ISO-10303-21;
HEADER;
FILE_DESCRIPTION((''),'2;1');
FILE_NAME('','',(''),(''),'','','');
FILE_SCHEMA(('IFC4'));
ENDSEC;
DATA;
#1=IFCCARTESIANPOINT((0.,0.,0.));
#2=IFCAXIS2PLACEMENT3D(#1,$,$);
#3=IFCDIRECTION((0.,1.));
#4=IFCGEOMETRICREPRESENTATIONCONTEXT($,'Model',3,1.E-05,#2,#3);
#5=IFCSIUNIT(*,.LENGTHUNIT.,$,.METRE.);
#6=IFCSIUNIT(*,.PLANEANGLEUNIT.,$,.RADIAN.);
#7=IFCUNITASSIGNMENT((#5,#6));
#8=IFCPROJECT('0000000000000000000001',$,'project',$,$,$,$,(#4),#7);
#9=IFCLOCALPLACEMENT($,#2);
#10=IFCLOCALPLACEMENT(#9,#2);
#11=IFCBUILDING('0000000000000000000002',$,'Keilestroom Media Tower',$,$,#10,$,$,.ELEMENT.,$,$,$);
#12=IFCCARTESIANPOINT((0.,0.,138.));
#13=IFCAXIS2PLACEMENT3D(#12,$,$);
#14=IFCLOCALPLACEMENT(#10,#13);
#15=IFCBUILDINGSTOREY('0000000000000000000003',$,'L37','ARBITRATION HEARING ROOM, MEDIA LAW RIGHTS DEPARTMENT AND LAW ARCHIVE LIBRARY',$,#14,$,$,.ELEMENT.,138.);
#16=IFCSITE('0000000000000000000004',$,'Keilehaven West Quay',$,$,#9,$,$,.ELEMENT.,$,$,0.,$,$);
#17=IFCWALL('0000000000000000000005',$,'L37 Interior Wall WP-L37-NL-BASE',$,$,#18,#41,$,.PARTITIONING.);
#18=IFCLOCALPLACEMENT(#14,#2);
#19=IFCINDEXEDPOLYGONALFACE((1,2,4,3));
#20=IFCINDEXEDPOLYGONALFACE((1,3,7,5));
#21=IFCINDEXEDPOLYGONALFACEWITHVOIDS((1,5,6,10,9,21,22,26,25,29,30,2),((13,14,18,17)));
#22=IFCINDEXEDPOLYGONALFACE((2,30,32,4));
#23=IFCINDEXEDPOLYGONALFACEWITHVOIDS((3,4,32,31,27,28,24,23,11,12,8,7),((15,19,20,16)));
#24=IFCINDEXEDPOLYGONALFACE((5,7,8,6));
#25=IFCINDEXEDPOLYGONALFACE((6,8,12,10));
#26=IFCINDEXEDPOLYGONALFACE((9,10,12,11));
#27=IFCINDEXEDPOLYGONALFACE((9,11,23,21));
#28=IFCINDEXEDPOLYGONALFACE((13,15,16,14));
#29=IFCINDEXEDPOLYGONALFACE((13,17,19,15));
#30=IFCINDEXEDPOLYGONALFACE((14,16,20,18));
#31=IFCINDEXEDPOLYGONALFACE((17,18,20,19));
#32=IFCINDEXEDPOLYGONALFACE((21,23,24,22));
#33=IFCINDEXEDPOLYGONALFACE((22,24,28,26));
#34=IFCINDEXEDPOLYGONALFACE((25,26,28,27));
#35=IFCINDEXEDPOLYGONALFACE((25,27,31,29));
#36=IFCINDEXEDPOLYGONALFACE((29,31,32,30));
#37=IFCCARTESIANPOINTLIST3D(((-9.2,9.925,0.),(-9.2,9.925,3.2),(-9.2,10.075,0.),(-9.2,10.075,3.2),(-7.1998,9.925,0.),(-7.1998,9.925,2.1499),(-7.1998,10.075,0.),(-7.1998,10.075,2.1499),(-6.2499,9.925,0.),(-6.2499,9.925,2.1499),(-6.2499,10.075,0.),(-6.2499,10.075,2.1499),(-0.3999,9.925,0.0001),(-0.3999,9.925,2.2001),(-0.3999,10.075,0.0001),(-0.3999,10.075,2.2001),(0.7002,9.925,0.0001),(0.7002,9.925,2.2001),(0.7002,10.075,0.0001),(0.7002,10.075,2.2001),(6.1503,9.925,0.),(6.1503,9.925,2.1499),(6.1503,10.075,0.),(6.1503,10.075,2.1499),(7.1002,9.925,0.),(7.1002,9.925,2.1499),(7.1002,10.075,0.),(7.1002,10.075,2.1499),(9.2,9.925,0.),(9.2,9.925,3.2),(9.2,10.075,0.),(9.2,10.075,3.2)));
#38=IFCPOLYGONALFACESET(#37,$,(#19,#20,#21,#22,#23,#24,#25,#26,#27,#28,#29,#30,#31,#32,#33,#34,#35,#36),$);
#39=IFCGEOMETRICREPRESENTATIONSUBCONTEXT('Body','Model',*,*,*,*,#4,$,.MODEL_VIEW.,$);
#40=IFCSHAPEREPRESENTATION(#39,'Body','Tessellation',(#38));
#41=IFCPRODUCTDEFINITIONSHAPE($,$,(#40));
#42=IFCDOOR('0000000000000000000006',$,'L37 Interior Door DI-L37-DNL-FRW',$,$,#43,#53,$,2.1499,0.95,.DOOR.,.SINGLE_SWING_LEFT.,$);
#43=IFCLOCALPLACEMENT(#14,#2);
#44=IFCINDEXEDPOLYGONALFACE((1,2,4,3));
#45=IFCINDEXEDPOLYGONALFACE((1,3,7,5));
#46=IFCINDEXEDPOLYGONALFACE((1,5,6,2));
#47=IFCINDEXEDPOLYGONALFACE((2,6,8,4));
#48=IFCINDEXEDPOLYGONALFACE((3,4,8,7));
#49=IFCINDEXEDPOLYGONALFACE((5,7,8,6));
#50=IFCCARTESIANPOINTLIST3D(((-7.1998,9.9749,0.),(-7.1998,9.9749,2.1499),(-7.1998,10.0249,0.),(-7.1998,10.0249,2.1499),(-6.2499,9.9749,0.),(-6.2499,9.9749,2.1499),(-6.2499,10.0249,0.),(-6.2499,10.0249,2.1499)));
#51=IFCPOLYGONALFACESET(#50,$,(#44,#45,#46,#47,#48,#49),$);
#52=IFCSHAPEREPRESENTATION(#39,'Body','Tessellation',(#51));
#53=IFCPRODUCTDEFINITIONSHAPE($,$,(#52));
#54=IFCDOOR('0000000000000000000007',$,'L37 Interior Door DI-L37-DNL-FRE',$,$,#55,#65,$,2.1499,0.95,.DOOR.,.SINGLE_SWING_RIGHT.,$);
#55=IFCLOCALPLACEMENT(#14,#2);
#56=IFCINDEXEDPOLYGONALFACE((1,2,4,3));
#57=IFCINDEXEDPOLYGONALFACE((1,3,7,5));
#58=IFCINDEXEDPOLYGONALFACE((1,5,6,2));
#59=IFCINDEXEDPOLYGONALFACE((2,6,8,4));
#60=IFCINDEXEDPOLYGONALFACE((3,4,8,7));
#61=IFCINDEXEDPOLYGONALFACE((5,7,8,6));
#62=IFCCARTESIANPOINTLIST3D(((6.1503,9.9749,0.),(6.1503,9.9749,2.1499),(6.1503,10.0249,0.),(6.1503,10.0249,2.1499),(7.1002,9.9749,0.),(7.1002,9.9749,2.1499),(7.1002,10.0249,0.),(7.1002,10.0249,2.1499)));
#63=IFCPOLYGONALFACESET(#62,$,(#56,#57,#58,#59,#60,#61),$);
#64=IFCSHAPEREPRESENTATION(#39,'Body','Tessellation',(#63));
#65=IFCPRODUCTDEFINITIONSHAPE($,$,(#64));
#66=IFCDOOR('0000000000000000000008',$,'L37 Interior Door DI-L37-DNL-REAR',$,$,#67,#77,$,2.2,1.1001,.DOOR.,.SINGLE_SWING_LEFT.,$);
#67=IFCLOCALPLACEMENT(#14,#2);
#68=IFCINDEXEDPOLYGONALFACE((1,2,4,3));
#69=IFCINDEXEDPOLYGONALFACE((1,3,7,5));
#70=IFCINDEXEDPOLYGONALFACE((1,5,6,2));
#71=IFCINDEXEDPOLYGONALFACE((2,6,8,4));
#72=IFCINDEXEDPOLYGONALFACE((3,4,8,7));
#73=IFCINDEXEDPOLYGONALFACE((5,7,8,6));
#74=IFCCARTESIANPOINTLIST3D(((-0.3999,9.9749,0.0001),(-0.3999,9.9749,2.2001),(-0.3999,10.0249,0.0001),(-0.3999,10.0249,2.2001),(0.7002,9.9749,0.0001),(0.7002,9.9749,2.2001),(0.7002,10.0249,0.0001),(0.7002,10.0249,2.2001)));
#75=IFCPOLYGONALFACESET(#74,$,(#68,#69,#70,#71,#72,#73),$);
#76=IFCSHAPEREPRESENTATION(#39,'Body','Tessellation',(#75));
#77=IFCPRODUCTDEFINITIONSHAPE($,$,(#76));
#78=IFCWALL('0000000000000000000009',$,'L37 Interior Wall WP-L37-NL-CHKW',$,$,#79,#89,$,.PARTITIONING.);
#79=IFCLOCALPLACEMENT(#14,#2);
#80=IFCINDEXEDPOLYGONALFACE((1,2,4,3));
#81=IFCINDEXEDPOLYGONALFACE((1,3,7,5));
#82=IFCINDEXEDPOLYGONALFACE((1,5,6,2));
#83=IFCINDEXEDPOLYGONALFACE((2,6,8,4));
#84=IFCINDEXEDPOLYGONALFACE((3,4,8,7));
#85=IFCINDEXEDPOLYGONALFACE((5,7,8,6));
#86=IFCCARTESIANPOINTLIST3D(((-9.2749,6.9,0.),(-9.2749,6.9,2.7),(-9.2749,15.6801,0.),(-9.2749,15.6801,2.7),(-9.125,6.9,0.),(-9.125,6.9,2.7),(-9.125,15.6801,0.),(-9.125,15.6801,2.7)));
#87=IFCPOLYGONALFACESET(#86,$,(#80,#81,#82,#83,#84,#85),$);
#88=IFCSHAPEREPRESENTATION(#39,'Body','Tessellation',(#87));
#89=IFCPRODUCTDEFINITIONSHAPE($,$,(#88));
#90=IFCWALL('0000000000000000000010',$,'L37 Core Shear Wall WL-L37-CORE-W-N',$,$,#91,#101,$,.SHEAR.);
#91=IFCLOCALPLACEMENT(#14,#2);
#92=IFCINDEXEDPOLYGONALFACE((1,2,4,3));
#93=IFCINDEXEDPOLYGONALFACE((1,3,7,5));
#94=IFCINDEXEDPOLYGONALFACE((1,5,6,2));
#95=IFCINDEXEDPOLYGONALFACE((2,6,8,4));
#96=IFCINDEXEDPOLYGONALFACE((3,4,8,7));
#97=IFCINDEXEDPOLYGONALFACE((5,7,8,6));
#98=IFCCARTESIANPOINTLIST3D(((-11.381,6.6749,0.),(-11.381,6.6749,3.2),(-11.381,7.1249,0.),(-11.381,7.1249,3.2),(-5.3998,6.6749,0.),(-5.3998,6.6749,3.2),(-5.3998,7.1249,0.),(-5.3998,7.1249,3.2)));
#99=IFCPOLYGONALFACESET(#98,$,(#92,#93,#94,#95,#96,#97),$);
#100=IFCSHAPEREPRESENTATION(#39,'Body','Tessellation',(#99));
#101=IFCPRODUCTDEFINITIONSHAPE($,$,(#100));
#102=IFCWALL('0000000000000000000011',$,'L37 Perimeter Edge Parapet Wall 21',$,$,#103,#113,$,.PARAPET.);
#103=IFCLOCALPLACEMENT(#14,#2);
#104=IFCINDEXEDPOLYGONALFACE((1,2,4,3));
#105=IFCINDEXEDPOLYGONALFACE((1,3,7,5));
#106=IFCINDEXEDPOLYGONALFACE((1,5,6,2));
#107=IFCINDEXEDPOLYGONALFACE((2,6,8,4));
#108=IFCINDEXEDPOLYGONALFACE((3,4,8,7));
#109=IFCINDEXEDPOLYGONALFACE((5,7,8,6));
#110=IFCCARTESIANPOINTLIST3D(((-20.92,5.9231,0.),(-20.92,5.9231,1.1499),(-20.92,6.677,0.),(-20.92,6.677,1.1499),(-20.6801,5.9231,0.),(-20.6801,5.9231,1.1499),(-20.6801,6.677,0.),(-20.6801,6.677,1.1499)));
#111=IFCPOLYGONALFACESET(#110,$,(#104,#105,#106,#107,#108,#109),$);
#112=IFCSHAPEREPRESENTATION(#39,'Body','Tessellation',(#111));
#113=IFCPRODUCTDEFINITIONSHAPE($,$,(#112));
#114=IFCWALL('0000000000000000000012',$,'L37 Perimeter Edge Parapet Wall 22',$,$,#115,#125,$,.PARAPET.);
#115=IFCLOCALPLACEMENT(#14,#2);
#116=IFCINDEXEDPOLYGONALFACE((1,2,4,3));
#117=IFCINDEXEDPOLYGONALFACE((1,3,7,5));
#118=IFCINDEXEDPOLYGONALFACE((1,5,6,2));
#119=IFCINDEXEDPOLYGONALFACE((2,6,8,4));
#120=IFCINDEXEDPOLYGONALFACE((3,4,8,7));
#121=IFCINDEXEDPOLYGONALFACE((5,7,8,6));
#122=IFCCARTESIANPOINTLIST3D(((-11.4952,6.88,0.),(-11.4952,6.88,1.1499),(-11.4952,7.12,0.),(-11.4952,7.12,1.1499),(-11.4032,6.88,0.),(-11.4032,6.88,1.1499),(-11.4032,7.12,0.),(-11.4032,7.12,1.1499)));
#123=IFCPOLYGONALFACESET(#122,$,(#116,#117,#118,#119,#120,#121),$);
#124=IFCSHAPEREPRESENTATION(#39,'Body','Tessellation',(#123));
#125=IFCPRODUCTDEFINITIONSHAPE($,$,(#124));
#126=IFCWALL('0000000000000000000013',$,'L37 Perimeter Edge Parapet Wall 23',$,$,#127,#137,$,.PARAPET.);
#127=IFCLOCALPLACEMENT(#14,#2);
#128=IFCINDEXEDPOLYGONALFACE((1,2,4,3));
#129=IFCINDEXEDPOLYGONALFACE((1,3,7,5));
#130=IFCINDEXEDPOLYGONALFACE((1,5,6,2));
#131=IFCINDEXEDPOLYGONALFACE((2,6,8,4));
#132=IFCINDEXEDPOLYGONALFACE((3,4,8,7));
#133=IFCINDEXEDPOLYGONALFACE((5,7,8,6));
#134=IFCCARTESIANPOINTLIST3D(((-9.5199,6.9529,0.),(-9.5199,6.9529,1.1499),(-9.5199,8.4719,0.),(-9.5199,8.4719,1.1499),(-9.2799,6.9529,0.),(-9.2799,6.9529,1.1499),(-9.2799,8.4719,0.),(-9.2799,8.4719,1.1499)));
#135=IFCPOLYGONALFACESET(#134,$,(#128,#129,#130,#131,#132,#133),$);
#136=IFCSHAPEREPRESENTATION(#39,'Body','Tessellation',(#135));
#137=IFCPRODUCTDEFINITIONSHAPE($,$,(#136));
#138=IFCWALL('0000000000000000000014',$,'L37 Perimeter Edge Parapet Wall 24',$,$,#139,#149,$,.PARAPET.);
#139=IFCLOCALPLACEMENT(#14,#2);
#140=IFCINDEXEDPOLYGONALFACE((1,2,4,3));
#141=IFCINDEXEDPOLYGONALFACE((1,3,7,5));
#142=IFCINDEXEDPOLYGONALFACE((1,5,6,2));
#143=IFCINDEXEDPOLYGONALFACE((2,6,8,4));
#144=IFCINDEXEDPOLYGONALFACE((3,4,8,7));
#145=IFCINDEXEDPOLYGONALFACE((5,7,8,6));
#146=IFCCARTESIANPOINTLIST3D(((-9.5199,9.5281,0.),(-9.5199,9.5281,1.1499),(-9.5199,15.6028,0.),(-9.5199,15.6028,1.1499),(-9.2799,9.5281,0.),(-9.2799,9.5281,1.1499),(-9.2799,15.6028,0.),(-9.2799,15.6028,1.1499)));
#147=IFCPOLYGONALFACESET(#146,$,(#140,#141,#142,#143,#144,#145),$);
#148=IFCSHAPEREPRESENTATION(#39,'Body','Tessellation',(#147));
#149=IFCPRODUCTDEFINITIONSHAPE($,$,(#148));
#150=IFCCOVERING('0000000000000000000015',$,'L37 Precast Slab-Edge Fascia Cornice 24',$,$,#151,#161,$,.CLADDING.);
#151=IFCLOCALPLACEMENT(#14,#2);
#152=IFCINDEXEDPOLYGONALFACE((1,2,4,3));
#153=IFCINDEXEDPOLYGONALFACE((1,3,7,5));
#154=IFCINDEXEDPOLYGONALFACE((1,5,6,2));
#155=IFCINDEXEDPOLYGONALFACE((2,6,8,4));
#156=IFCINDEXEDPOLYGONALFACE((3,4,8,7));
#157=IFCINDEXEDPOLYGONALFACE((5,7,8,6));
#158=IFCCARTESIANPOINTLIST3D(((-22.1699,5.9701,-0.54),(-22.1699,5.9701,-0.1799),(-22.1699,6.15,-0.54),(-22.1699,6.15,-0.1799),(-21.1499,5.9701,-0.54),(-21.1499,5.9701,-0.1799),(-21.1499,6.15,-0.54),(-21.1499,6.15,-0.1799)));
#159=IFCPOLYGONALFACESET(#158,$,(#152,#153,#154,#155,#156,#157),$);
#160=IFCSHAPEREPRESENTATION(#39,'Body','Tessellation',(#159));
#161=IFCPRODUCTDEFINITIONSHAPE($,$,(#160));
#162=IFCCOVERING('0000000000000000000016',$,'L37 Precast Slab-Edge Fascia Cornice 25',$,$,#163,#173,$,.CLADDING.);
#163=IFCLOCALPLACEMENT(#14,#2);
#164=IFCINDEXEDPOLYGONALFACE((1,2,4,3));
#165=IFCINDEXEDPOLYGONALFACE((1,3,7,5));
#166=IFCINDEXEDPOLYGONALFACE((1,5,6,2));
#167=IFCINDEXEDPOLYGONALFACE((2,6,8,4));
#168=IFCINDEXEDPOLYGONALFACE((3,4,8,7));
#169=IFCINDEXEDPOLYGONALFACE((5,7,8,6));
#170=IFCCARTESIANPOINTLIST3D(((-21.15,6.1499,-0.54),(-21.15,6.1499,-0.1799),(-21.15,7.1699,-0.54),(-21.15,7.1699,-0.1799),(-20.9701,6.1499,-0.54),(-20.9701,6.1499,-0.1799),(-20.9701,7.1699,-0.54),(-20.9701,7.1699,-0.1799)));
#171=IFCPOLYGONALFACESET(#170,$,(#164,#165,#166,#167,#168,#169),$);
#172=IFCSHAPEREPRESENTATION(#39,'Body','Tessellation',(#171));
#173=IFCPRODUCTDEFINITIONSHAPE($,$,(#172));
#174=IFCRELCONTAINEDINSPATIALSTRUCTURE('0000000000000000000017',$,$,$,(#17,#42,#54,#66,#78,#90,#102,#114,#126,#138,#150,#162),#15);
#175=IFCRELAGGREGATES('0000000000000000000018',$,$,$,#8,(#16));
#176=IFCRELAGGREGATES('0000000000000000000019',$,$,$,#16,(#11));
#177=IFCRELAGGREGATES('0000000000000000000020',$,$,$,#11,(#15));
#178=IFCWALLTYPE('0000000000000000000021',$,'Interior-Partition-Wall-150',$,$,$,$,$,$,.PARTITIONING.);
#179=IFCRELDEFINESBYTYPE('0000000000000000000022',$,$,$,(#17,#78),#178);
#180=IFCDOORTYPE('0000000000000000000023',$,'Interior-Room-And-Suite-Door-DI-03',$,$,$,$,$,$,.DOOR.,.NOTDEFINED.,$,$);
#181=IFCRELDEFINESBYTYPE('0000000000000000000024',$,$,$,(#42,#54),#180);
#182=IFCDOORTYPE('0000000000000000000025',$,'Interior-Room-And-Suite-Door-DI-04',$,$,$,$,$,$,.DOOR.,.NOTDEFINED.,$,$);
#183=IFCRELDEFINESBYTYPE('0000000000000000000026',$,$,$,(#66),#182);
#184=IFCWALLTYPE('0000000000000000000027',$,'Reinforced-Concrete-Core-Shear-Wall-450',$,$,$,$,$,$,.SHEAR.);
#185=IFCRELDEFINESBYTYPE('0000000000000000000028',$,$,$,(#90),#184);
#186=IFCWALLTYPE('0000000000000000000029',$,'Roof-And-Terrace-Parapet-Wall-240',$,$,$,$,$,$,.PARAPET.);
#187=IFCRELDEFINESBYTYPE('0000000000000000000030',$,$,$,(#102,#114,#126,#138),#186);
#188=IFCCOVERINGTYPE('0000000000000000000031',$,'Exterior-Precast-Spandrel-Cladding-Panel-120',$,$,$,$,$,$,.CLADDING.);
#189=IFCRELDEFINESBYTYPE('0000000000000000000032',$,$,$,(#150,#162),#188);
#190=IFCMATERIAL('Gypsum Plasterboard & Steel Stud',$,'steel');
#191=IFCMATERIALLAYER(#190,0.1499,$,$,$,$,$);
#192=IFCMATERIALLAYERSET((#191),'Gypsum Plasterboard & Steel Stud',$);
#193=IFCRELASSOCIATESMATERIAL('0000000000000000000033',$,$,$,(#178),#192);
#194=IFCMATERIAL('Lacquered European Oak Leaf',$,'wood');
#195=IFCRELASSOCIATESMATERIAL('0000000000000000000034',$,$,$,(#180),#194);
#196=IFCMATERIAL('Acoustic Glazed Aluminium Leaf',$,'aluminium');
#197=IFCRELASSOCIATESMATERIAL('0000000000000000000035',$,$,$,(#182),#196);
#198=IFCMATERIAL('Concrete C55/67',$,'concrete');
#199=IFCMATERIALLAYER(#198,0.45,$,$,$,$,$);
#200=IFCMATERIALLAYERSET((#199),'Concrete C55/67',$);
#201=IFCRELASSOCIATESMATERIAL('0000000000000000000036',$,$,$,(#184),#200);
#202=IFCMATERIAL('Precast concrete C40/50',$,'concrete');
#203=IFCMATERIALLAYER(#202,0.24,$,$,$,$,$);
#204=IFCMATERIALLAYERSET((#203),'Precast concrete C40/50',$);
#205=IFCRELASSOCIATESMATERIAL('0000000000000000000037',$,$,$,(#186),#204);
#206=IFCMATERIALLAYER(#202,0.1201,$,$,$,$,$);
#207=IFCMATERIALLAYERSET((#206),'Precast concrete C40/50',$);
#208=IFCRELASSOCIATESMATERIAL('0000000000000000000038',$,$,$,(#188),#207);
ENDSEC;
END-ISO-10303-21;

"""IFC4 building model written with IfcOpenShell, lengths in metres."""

from ifc_helpers import new_model, si_unit, direction, frame, frame_2d, origin, origin_2d, place, context, subcontext, project, spatial, rectangle, extrude, source, transform, mapped, material, layer, layer_set, type_object, element, fill, save


model = new_model("IFC4")

# Units and contexts
model_context = context("Model", 3, precision=1e-05, world=origin(), true_north=direction((0.0, 1.0)))
body_context = subcontext(model_context, "Body", "Model", "MODEL_VIEW")
ifc_project = project(units=[si_unit("LENGTHUNIT", "METRE"), si_unit("PLANEANGLEUNIT", "RADIAN")], contexts=[model_context])

# Site, building, storey
site_placement = place(None, origin())
site = spatial("IfcSite", under=ifc_project, at=site_placement, Name="Keilehaven West Quay", CompositionType="ELEMENT", RefElevation=0.0)
building_placement = place(site_placement, origin())
building = spatial("IfcBuilding", under=site, at=building_placement, Name="Keilestroom Media Tower", CompositionType="ELEMENT")
storey_placement = place(building_placement, frame((0.0, 0.0, 138.0)))
storey = spatial("IfcBuildingStorey", under=building, at=storey_placement, Name="L37", Description="ARBITRATION HEARING ROOM, MEDIA LAW RIGHTS DEPARTMENT AND LAW ARCHIVE LIBRARY", CompositionType="ELEMENT", Elevation=138.0)

# Shared definitions
ifc_material_1 = material(Name="Precast concrete C40/50", Category="concrete")
ifc_material_2 = material(Name="Concrete C55/67", Category="concrete")

# Shared definitions
ifc_material_3 = material(Name="Gypsum Plasterboard & Steel Stud", Category="steel")

# Wall, openings, doors
ifc_layer_1 = layer(ifc_material_3, 0.1499)
ifc_layer_set_1 = layer_set([ifc_layer_1], Name="Gypsum Plasterboard & Steel Stud")
wall_type_1 = type_object("IfcWallType", Name="Interior-Partition-Wall-150", PredefinedType="PARTITIONING", material=ifc_layer_set_1)
wall_1_placement = place(storey_placement, frame((-9.2, 10.0, 0.0), z_axis=(0.0, 0.0, 1.0), x_axis=(1.0, 0.0, 0.0)))
wall_1 = element("IfcWall", 1, at=wall_1_placement, inside=storey, type_object=wall_type_1, Name="L37 Interior Wall WP-L37-NL-BASE", PredefinedType="PARTITIONING", context=body_context, shape_type="SweptSolid", body=[
    extrude(rectangle(XDim=18.3999, YDim=0.1499, at=frame_2d((9.2, 0.0))), origin(), (0.0, 0.0, 1.0), 3.2),
])
opening_1_placement = place(wall_1_placement, frame((2.0, 0.0, 0.0)))
opening_1 = element("IfcOpeningElement", 2, at=opening_1_placement, cuts=wall_1, PredefinedType="OPENING", context=body_context, shape_type="SweptSolid", body=[
    extrude(rectangle(XDim=0.95, YDim=2.1499, at=frame_2d((0.4751, 1.075))), frame((0.0, 0.085, 0.0), z_axis=(0.0, -1.0, 0.0), x_axis=(1.0, 0.0, 0.0)), (0.0, 0.0, 1.0), 0.1699),
])
opening_2_placement = place(wall_1_placement, frame((15.3501, 0.0, 0.0)))
opening_2 = element("IfcOpeningElement", 3, at=opening_2_placement, cuts=wall_1, PredefinedType="OPENING", context=body_context, shape_type="SweptSolid", body=[
    extrude(rectangle(XDim=0.95, YDim=2.1499, at=frame_2d((0.4751, 1.075))), frame((0.0, 0.085, 0.0), z_axis=(0.0, -1.0, 0.0), x_axis=(1.0, 0.0, 0.0)), (0.0, 0.0, 1.0), 0.1699),
])
opening_3_placement = place(wall_1_placement, frame((8.8, 0.0, 0.0)))
opening_3 = element("IfcOpeningElement", 4, at=opening_3_placement, cuts=wall_1, PredefinedType="OPENING", context=body_context, shape_type="SweptSolid", body=[
    extrude(rectangle(XDim=1.1001, YDim=2.2, at=frame_2d((0.55, 1.1001))), frame((0.0, 0.085, 0.0), z_axis=(0.0, -1.0, 0.0), x_axis=(1.0, 0.0, 0.0)), (0.0, 0.0, 1.0), 0.1699),
])
ifc_material_4 = material(Name="Lacquered European Oak Leaf", Category="wood")
door_type_1 = type_object("IfcDoorType", Name="Interior-Room-And-Suite-Door-DI-03", OperationType="NOTDEFINED", PredefinedType="DOOR", material=ifc_material_4)
shared_shape_1 = source(origin(), body_context, "Body", "SweptSolid", [
    extrude(rectangle(XDim=0.95, YDim=2.1499, at=frame_2d((0.4751, 1.075))), frame((0.0, 0.0249, 0.0), z_axis=(0.0, -1.0, 0.0), x_axis=(1.0, 0.0, 0.0)), (0.0, 0.0, 1.0), 0.05),
])
door_1_placement = place(opening_1_placement, origin())
door_1 = element("IfcDoor", 5, at=door_1_placement, inside=storey, type_object=door_type_1, Name="L37 Interior Door DI-L37-DNL-FRW", OperationType="SINGLE_SWING_LEFT", OverallHeight=2.1499, OverallWidth=0.95, PredefinedType="DOOR", context=body_context, shape_type="MappedRepresentation", body=[
    mapped(shared_shape_1, transform((0.0, 0.0, 0.0), x_axis=(1.0, 0.0, 0.0), y_axis=(0.0, 1.0, 0.0), z_axis=(0.0, 0.0, 1.0), scale=1.0)),
])
fill(opening_1, door_1)
door_2_placement = place(opening_2_placement, origin())
door_2 = element("IfcDoor", 6, at=door_2_placement, inside=storey, type_object=door_type_1, Name="L37 Interior Door DI-L37-DNL-FRE", OperationType="SINGLE_SWING_RIGHT", OverallHeight=2.1499, OverallWidth=0.95, PredefinedType="DOOR", context=body_context, shape_type="MappedRepresentation", body=[
    mapped(shared_shape_1, transform((0.0, 0.0, 0.0), x_axis=(1.0, 0.0, 0.0), y_axis=(0.0, 1.0, 0.0), z_axis=(0.0, 0.0, 1.0), scale=1.0)),
])
fill(opening_2, door_2)
ifc_material_5 = material(Name="Acoustic Glazed Aluminium Leaf", Category="aluminium")
door_type_2 = type_object("IfcDoorType", Name="Interior-Room-And-Suite-Door-DI-04", OperationType="NOTDEFINED", PredefinedType="DOOR", material=ifc_material_5)
shared_shape_2 = source(origin(), body_context, "Body", "SweptSolid", [
    extrude(rectangle(XDim=1.1001, YDim=2.2, at=frame_2d((0.55, 1.1001))), frame((0.0, 0.0249, 0.0), z_axis=(0.0, -1.0, 0.0), x_axis=(1.0, 0.0, 0.0)), (0.0, 0.0, 1.0), 0.05),
])
door_3_placement = place(opening_3_placement, origin())
door_3 = element("IfcDoor", 7, at=door_3_placement, inside=storey, type_object=door_type_2, Name="L37 Interior Door DI-L37-DNL-REAR", OperationType="SINGLE_SWING_LEFT", OverallHeight=2.2, OverallWidth=1.1001, PredefinedType="DOOR", context=body_context, shape_type="MappedRepresentation", body=[
    mapped(shared_shape_2, transform((0.0, 0.0, 0.0), x_axis=(1.0, 0.0, 0.0), y_axis=(0.0, 1.0, 0.0), z_axis=(0.0, 0.0, 1.0), scale=1.0)),
])
fill(opening_3, door_3)

# Walls
wall_2_placement = place(storey_placement, frame((-9.2, 6.8999, 0.0), z_axis=(0.0, 0.0, 1.0), x_axis=(0.0, 1.0, 0.0)))
element("IfcWall", 8, at=wall_2_placement, inside=storey, type_object=wall_type_1, Name="L37 Interior Wall WP-L37-NL-CHKW", PredefinedType="PARTITIONING", context=body_context, shape_type="SweptSolid", body=[
    extrude(rectangle(XDim=8.78, YDim=0.1499, at=frame_2d((4.3901, 0.0))), origin(), (0.0, 0.0, 1.0), 2.7),
])
ifc_layer_2 = layer(ifc_material_2, 0.45)
ifc_layer_set_2 = layer_set([ifc_layer_2], Name="Concrete C55/67")
wall_type_2 = type_object("IfcWallType", Name="Reinforced-Concrete-Core-Shear-Wall-450", PredefinedType="SHEAR", material=ifc_layer_set_2)
wall_3_placement = place(storey_placement, frame((-11.3811, 6.8999, 0.0), z_axis=(0.0, 0.0, 1.0), x_axis=(1.0, 0.0, 0.0)))
element("IfcWall", 9, at=wall_3_placement, inside=storey, type_object=wall_type_2, Name="L37 Core Shear Wall WL-L37-CORE-W-N", PredefinedType="SHEAR", context=body_context, shape_type="SweptSolid", body=[
    extrude(rectangle(XDim=5.9812, YDim=0.45, at=frame_2d((2.9907, 0.0))), origin(), (0.0, 0.0, 1.0), 3.2),
])
ifc_layer_3 = layer(ifc_material_1, 0.24)
ifc_layer_set_3 = layer_set([ifc_layer_3], Name="Precast concrete C40/50")
wall_type_3 = type_object("IfcWallType", Name="Roof-And-Terrace-Parapet-Wall-240", PredefinedType="PARAPET", material=ifc_layer_set_3)
wall_4_placement = place(storey_placement, frame((-20.8, 5.9231, 0.0), z_axis=(0.0, 0.0, 1.0), x_axis=(0.0, 1.0, 0.0)))
element("IfcWall", 10, at=wall_4_placement, inside=storey, type_object=wall_type_3, Name="L37 Perimeter Edge Parapet Wall 21", PredefinedType="PARAPET", context=body_context, shape_type="SweptSolid", body=[
    extrude(rectangle(XDim=0.7539, YDim=0.24, at=frame_2d((0.377, 0.0))), origin(), (0.0, 0.0, 1.0), 1.1499),
])
wall_5_placement = place(storey_placement, frame((-11.4951, 7.0, 0.0), z_axis=(0.0, 0.0, 1.0), x_axis=(1.0, 0.0, 0.0)))
element("IfcWall", 11, at=wall_5_placement, inside=storey, type_object=wall_type_3, Name="L37 Perimeter Edge Parapet Wall 22", PredefinedType="PARAPET", context=body_context, shape_type="SweptSolid", body=[
    extrude(rectangle(XDim=0.092, YDim=0.24, at=frame_2d((0.0459, 0.0))), origin(), (0.0, 0.0, 1.0), 1.1499),
])
wall_6_placement = place(storey_placement, frame((-9.3999, 6.9529, 0.0), z_axis=(0.0, 0.0, 1.0), x_axis=(0.0, 1.0, 0.0)))
element("IfcWall", 12, at=wall_6_placement, inside=storey, type_object=wall_type_3, Name="L37 Perimeter Edge Parapet Wall 23", PredefinedType="PARAPET", context=body_context, shape_type="SweptSolid", body=[
    extrude(rectangle(XDim=1.519, YDim=0.24, at=frame_2d((0.7595, 0.0))), origin(), (0.0, 0.0, 1.0), 1.1499),
])
wall_7_placement = place(storey_placement, frame((-9.3999, 9.5281, 0.0), z_axis=(0.0, 0.0, 1.0), x_axis=(0.0, 1.0, 0.0)))
element("IfcWall", 13, at=wall_7_placement, inside=storey, type_object=wall_type_3, Name="L37 Perimeter Edge Parapet Wall 24", PredefinedType="PARAPET", context=body_context, shape_type="SweptSolid", body=[
    extrude(rectangle(XDim=6.0747, YDim=0.24, at=frame_2d((3.0374, 0.0))), origin(), (0.0, 0.0, 1.0), 1.1499),
])

# Coverings
ifc_layer_4 = layer(ifc_material_1, 0.1201)
ifc_layer_set_4 = layer_set([ifc_layer_4], Name="Precast concrete C40/50")
covering_type = type_object("IfcCoveringType", Name="Exterior-Precast-Spandrel-Cladding-Panel-120", PredefinedType="CLADDING", material=ifc_layer_set_4)
shared_shape_3 = source(origin(), body_context, "Body", "SweptSolid", [
    extrude(rectangle(XDim=1.02, YDim=0.1799, at=origin_2d()), origin(), (0.0, 0.0, 1.0), 0.3601),
])
for number, where, z_axis, x_axis, name in (
    (14, (-21.6599, 6.0601, -0.54), (0.0, 0.0, 1.0), (1.0, 0.0, 0.0), "L37 Precast Slab-Edge Fascia Cornice 24"),
    (15, (-21.0601, 6.6599, -0.54), (0.0, 0.0, 1.0), (0.0, 1.0, 0.0), "L37 Precast Slab-Edge Fascia Cornice 25"),
):
    element("IfcCovering", number, at=place(storey_placement, frame(where, z_axis=z_axis, x_axis=x_axis)), inside=storey, type_object=covering_type, Name=name, PredefinedType="CLADDING", context=body_context, shape_type="MappedRepresentation", body=[
        mapped(shared_shape_3, transform((0.0, 0.0, 0.0), x_axis=(1.0, 0.0, 0.0), y_axis=(0.0, 1.0, 0.0), z_axis=(0.0, 0.0, 1.0), scale=1.0)),
    ])

save(model, "model.ifc")
